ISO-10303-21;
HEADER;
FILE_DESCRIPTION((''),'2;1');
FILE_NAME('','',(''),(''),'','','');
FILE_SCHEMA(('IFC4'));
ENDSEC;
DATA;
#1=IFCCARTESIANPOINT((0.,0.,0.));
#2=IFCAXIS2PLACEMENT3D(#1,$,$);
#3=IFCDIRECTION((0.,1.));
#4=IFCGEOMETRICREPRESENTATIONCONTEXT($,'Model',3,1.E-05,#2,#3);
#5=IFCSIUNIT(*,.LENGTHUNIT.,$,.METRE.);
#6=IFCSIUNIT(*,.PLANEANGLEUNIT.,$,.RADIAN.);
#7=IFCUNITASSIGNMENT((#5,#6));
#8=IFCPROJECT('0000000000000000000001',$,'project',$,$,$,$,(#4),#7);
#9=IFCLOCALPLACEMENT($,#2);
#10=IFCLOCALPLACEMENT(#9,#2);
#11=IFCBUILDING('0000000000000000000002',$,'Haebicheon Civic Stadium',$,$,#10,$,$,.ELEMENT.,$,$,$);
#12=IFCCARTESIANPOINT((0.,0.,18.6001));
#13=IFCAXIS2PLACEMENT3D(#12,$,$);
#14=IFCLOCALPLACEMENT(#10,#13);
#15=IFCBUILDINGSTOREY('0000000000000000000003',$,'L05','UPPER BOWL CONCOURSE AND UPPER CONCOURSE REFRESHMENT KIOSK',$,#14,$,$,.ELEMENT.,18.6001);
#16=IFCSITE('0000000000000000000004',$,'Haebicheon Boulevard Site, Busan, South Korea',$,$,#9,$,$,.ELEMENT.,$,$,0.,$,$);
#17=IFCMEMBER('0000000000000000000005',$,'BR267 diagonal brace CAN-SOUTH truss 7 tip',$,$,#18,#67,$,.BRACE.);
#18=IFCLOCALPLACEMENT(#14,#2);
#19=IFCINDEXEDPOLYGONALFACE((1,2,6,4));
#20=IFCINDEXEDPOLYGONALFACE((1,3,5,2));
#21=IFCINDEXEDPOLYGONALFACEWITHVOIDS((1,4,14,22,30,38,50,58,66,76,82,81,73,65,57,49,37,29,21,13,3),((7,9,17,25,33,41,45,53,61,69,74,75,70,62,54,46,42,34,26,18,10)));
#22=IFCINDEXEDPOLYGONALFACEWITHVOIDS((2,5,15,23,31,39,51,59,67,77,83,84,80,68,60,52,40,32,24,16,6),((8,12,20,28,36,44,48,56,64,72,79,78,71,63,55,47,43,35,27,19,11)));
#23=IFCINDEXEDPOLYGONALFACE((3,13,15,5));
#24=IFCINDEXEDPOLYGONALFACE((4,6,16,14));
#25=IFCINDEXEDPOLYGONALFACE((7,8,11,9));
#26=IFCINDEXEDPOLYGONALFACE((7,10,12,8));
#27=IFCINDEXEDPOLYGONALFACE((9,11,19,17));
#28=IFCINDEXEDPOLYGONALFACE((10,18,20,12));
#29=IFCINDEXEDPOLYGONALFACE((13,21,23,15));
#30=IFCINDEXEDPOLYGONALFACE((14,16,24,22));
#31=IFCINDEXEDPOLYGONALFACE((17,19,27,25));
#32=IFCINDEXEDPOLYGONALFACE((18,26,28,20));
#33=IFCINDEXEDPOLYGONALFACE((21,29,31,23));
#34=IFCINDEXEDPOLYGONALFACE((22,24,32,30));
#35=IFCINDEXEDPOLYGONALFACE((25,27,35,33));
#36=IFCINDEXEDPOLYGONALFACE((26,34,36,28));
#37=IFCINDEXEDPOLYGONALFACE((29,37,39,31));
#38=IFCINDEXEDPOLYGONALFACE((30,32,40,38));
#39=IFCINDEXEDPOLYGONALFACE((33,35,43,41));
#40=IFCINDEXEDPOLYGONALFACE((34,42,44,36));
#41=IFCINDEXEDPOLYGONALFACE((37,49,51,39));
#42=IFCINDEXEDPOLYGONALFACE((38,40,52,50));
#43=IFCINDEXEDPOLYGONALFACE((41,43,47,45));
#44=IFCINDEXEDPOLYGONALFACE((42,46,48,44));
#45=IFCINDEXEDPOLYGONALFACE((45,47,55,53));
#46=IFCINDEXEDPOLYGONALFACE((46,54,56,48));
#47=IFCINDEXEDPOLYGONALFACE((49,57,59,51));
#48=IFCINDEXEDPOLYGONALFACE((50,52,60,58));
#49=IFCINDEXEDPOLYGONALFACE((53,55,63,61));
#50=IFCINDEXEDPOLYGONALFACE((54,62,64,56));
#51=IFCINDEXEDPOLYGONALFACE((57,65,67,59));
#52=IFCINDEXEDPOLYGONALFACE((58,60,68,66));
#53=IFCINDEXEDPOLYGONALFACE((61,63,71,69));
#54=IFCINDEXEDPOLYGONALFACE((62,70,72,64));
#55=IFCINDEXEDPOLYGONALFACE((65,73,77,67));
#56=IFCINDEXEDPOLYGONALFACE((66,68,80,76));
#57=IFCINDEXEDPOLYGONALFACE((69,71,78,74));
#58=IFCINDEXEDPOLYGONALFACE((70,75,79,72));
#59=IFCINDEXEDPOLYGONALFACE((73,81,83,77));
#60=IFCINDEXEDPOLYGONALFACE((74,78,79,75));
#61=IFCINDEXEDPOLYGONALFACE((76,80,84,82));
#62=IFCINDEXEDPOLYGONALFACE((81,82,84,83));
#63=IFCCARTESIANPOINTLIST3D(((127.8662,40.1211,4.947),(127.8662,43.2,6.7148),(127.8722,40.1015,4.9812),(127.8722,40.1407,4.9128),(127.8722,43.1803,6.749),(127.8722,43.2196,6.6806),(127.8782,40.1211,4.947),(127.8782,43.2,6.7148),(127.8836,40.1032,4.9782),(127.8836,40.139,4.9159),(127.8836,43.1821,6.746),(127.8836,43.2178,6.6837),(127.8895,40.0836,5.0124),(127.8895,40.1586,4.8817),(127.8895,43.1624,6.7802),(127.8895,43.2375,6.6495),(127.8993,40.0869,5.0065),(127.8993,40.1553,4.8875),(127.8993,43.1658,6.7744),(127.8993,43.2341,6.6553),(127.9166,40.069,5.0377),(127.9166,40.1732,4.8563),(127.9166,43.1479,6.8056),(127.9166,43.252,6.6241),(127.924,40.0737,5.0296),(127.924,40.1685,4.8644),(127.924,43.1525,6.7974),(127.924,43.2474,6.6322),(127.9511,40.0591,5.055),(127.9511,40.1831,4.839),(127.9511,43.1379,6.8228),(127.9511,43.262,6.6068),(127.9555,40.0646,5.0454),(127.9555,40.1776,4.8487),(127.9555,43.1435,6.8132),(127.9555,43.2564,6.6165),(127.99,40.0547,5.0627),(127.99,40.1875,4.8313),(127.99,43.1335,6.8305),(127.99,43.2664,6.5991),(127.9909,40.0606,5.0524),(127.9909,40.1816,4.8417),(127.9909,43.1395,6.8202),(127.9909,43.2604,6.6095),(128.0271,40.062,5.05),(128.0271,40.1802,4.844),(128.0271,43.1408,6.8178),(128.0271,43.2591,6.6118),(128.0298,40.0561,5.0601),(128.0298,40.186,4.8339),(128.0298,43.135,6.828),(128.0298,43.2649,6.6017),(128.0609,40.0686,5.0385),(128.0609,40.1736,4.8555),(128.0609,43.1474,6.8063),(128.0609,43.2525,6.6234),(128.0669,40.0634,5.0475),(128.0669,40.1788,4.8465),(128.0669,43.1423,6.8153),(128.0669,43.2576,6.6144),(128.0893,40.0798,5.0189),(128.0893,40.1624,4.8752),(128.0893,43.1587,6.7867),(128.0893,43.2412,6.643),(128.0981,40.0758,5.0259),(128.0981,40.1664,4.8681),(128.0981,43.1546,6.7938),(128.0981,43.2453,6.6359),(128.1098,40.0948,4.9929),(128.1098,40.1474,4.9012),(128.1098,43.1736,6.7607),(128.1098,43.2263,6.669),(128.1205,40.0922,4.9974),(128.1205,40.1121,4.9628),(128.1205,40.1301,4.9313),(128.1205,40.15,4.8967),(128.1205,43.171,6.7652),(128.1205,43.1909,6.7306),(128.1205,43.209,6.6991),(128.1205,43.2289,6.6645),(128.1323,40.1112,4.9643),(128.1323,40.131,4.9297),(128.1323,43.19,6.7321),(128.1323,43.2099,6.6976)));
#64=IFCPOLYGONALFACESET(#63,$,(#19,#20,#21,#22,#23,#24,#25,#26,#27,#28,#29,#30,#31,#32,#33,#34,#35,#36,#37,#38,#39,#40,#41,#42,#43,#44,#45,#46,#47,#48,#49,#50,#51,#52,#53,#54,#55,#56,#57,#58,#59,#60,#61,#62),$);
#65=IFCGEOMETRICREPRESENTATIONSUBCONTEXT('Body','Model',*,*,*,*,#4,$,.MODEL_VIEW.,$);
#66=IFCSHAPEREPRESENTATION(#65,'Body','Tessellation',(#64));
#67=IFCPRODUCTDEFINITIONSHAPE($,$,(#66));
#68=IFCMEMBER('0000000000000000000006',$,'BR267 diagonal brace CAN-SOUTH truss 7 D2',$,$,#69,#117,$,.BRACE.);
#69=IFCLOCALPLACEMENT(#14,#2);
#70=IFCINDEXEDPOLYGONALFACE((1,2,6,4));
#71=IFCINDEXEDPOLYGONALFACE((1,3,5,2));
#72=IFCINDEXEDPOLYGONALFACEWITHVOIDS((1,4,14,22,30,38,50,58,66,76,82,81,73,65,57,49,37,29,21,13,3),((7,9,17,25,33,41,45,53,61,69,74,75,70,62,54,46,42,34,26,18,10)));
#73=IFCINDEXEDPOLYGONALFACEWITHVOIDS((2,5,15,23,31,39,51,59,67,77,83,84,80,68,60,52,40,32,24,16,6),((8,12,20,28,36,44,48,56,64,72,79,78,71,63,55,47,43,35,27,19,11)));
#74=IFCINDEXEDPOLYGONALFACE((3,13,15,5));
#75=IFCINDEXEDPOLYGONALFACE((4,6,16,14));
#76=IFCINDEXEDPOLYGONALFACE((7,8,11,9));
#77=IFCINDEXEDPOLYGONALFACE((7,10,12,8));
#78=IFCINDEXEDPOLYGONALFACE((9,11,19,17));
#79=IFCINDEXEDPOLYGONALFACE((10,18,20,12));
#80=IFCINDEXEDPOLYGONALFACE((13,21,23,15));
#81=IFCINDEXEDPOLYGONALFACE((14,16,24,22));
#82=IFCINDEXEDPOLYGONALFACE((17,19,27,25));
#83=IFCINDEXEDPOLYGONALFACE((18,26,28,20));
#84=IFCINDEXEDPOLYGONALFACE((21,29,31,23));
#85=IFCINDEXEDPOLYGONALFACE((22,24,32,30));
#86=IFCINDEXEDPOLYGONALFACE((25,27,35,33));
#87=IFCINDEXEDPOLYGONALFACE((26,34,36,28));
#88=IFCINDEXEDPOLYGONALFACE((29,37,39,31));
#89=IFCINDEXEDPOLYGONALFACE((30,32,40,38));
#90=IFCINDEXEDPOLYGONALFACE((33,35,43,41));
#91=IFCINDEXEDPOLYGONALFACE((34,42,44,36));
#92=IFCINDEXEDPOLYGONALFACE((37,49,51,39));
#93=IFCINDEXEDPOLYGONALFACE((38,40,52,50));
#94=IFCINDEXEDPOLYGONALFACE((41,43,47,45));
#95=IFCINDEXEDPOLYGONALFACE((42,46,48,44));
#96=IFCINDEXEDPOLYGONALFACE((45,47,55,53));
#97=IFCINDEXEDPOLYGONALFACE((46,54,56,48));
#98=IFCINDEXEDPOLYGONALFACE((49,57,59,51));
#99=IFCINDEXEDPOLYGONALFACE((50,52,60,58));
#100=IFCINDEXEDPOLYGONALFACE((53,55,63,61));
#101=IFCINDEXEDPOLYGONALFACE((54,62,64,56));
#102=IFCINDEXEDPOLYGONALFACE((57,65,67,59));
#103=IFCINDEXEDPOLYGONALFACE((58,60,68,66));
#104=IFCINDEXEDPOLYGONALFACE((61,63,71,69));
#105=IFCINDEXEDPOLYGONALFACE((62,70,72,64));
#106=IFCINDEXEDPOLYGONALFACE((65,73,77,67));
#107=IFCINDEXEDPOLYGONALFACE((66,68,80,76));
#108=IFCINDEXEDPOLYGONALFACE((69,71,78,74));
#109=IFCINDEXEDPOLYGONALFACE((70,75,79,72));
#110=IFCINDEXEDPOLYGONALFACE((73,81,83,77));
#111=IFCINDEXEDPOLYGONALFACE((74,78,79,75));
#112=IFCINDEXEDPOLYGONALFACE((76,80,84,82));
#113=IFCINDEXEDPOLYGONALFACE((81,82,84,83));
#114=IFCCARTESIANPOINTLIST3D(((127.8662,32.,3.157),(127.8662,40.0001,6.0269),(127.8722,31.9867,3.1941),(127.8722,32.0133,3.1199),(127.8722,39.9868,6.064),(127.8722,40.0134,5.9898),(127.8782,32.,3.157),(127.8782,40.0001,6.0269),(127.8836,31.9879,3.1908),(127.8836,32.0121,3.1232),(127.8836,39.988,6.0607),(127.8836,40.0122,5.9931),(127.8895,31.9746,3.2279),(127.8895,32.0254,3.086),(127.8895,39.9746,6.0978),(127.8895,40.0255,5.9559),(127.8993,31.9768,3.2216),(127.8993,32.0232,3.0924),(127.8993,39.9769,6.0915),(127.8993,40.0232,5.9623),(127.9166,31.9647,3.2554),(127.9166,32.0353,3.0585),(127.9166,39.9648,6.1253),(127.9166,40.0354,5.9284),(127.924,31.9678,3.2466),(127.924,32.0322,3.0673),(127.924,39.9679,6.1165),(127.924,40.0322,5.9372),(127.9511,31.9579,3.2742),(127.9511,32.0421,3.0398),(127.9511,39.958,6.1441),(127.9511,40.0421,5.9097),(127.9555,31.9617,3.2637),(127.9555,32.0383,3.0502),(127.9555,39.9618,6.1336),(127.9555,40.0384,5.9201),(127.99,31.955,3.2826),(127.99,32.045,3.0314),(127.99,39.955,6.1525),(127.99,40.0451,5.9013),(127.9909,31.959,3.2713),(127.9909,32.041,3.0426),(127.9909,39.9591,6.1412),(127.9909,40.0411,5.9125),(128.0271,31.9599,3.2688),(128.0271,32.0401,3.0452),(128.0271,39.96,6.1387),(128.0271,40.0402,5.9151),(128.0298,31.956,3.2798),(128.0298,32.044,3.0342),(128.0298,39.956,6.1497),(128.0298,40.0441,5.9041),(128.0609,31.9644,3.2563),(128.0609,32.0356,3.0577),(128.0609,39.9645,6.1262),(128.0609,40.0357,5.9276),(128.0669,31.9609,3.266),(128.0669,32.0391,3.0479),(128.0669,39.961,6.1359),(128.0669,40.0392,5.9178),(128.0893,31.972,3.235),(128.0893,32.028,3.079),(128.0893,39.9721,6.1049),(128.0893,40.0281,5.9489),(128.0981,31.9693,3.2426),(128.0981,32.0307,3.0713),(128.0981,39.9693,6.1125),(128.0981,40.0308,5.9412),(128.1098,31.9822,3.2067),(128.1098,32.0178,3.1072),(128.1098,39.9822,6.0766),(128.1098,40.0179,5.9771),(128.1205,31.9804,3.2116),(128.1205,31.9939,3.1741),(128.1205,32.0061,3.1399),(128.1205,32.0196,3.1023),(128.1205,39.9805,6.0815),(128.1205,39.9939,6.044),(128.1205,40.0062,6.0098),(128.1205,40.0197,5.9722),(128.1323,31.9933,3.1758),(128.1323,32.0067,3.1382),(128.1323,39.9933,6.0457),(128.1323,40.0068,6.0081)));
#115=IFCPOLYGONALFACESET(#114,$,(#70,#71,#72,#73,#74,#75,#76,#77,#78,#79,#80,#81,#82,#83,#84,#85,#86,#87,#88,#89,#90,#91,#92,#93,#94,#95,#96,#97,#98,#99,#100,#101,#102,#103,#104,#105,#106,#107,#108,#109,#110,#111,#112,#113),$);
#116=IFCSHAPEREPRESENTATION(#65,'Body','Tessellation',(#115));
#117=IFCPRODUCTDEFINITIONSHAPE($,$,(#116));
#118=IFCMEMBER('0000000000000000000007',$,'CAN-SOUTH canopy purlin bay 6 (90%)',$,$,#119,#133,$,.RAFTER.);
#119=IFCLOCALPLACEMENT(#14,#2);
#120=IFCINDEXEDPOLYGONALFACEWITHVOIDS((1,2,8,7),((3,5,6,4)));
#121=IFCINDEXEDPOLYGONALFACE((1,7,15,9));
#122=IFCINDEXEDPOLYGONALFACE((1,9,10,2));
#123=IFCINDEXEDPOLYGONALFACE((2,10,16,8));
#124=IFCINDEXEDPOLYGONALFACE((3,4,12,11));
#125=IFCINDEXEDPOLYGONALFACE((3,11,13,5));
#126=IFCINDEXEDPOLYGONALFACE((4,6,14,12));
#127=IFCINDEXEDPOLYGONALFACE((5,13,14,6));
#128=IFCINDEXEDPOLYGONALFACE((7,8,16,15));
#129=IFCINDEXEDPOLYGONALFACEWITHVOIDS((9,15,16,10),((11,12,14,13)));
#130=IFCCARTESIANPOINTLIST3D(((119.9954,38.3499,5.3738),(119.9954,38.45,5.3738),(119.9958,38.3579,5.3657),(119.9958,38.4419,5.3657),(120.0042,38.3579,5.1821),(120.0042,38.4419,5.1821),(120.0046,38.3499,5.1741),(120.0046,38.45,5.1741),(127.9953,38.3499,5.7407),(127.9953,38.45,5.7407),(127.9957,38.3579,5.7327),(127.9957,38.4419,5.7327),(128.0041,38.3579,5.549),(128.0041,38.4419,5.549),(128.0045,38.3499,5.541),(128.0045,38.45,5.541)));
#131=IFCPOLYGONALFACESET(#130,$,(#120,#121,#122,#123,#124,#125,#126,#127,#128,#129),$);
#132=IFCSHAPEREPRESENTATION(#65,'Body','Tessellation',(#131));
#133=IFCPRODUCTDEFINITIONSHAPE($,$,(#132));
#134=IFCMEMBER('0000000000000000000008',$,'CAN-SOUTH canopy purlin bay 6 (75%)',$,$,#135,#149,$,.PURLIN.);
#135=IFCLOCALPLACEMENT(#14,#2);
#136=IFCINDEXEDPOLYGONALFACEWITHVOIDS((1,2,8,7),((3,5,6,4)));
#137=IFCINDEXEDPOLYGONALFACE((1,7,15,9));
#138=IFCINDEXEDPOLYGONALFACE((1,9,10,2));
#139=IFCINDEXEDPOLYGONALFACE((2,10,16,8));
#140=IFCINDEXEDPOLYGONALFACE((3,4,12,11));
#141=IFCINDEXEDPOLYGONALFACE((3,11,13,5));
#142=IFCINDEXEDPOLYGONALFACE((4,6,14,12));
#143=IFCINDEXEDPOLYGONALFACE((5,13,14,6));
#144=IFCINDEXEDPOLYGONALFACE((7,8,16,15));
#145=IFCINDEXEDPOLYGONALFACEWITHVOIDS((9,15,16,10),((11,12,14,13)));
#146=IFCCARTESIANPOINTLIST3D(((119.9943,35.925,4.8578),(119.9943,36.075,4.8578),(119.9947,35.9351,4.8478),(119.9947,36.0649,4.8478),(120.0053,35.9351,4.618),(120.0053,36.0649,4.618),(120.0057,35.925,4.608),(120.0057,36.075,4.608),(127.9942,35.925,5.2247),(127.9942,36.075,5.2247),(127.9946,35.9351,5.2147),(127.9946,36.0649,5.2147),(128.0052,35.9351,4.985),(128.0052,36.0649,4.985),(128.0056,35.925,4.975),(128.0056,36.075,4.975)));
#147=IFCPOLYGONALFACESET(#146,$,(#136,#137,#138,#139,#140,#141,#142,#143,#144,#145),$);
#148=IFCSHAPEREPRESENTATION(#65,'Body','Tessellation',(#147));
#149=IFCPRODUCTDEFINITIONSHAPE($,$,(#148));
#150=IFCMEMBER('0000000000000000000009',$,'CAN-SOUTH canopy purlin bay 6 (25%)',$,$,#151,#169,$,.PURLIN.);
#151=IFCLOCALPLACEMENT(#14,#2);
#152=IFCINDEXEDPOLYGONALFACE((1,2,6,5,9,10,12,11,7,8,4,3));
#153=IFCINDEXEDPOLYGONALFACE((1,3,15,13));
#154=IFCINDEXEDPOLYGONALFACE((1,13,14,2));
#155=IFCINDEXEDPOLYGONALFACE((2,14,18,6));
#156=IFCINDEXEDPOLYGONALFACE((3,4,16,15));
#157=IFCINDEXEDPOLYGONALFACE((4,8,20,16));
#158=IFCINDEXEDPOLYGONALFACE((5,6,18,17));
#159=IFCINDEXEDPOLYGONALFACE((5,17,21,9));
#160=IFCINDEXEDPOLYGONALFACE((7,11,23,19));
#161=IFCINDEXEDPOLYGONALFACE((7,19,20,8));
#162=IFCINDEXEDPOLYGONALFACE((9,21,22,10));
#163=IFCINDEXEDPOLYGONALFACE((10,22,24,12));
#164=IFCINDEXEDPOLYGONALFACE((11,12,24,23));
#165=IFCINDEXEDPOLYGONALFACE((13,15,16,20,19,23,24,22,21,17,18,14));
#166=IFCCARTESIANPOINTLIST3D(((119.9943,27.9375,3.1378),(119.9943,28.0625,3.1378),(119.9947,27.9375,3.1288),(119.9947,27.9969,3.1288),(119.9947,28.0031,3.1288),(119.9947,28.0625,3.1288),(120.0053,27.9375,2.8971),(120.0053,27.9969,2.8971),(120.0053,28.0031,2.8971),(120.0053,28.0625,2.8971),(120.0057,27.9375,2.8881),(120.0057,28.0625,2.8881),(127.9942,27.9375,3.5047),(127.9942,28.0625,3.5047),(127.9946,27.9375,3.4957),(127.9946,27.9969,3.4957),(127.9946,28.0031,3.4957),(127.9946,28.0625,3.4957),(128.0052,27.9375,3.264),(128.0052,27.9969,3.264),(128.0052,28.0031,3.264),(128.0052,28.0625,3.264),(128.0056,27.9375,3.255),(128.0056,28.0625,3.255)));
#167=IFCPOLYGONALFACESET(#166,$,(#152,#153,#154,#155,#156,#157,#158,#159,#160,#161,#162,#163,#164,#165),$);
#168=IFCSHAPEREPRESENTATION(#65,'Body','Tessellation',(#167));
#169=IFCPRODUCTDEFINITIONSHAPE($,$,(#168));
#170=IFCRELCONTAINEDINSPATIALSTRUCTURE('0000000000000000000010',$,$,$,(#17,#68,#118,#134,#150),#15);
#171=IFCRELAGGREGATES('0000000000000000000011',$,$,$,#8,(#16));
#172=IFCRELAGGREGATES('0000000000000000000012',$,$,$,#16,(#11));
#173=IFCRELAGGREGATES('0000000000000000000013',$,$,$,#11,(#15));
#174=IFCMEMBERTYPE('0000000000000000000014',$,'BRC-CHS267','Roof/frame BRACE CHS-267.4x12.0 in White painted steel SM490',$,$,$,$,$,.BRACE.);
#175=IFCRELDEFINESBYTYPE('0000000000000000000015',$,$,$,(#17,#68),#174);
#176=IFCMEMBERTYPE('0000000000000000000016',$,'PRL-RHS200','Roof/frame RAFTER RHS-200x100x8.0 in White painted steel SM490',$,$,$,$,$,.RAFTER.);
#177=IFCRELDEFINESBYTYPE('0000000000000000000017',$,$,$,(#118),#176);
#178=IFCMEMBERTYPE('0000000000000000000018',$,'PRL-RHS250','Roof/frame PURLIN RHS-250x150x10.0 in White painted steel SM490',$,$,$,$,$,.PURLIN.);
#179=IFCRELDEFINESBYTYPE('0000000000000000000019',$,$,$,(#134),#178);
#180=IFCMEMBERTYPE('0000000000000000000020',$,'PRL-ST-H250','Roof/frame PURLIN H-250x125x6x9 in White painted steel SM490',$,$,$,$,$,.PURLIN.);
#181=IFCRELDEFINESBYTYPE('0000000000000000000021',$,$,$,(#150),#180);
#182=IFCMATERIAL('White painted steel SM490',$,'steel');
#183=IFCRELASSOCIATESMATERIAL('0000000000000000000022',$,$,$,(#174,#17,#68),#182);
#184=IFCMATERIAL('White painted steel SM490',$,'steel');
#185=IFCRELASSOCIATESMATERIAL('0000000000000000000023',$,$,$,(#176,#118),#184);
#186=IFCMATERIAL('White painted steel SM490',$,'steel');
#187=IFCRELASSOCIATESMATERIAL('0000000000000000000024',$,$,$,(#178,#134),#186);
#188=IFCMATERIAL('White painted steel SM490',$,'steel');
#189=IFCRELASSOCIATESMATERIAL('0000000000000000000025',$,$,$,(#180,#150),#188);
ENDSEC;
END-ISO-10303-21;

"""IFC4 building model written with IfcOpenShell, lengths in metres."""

from ifc_helpers import new_model, si_unit, direction, frame, origin, origin_2d, place, context, subcontext, project, spatial, hollow_rectangle, hollow_circle, i_section, extrude, material, material_profile, profile_set, type_object, element, save


model = new_model("IFC4")

# Units and contexts
model_context = context("Model", 3, precision=1e-05, world=origin(), true_north=direction((0.0, 1.0)))
body_context = subcontext(model_context, "Body", "Model", "MODEL_VIEW")
ifc_project = project(units=[si_unit("LENGTHUNIT", "METRE"), si_unit("PLANEANGLEUNIT", "RADIAN")], contexts=[model_context])

# Site, building, storey
site_placement = place(None, origin())
site = spatial("IfcSite", under=ifc_project, at=site_placement, Name="Haebicheon Boulevard Site, Busan, South Korea", CompositionType="ELEMENT", RefElevation=0.0)
building_placement = place(site_placement, origin())
building = spatial("IfcBuilding", under=site, at=building_placement, Name="Haebicheon Civic Stadium", CompositionType="ELEMENT")
storey_placement = place(building_placement, frame((0.0, 0.0, 18.6001)))
storey = spatial("IfcBuildingStorey", under=building, at=storey_placement, Name="L05", Description="UPPER BOWL CONCOURSE AND UPPER CONCOURSE REFRESHMENT KIOSK", CompositionType="ELEMENT", Elevation=18.6001)

# Members
ifc_material_1 = material(Name="White painted steel SM490", Category="steel")
ifc_material_profile_1 = material_profile(ifc_material_1, hollow_circle(Radius=0.1338, WallThickness=0.012, at=origin_2d()), Name="CHS-267.4x12.0")
ifc_profile_set_1 = profile_set([ifc_material_profile_1], Name="White painted steel SM490")
member_type_1 = type_object("IfcMemberType", Name="BRC-CHS267", Description="Roof/frame BRACE CHS-267.4x12.0 in White painted steel SM490", PredefinedType="BRACE", material=ifc_profile_set_1)
member_1_placement = place(storey_placement, frame((128.0, 40.1211, 4.947), z_axis=(0.0, 0.867213, 0.497937), x_axis=(-1.0, 0.0, 0.0)))
element("IfcMember", 1, at=member_1_placement, inside=storey, type_object=member_type_1, material=ifc_profile_set_1, Name="BR267 diagonal brace CAN-SOUTH truss 7 tip", PredefinedType="BRACE", context=body_context, shape_type="SweptSolid", body=[
    extrude(hollow_circle(Radius=0.1338, WallThickness=0.012, at=origin_2d()), origin(), (0.0, 0.0, 1.0), 3.5503),
])
member_2_placement = place(storey_placement, frame((128.0, 32.0, 3.157), z_axis=(0.0, 0.941267, 0.337664), x_axis=(-1.0, 0.0, 0.0)))
element("IfcMember", 2, at=member_2_placement, inside=storey, type_object=member_type_1, material=ifc_profile_set_1, Name="BR267 diagonal brace CAN-SOUTH truss 7 D2", PredefinedType="BRACE", context=body_context, shape_type="SweptSolid", body=[
    extrude(hollow_circle(Radius=0.1338, WallThickness=0.012, at=origin_2d()), origin(), (0.0, 0.0, 1.0), 8.4993),
])
ifc_material_2 = material(Name="White painted steel SM490", Category="steel")
ifc_material_profile_2 = material_profile(ifc_material_2, hollow_rectangle(XDim=0.1001, YDim=0.2, WallThickness=0.0081, at=origin_2d()), Name="RHS-200x100x8.0")
ifc_profile_set_2 = profile_set([ifc_material_profile_2], Name="White painted steel SM490")
member_type_2 = type_object("IfcMemberType", Name="PRL-RHS200", Description="Roof/frame RAFTER RHS-200x100x8.0 in White painted steel SM490", PredefinedType="RAFTER", material=ifc_profile_set_2)
member_3_placement = place(storey_placement, frame((120.0, 38.3999, 5.2739), z_axis=(0.99895, 0.0, 0.04582), x_axis=(0.0, 1.0, 0.0)))
element("IfcMember", 3, at=member_3_placement, inside=storey, type_object=member_type_2, material=ifc_profile_set_2, Name="CAN-SOUTH canopy purlin bay 6 (90%)", PredefinedType="RAFTER", context=body_context, shape_type="SweptSolid", body=[
    extrude(hollow_rectangle(XDim=0.1001, YDim=0.2, WallThickness=0.0081, at=origin_2d()), origin(), (0.0, 0.0, 1.0), 8.0083),
])
ifc_material_3 = material(Name="White painted steel SM490", Category="steel")
ifc_material_profile_3 = material_profile(ifc_material_3, hollow_rectangle(XDim=0.1499, YDim=0.25, WallThickness=0.01, at=origin_2d()), Name="RHS-250x150x10.0")
ifc_profile_set_3 = profile_set([ifc_material_profile_3], Name="White painted steel SM490")
member_type_3 = type_object("IfcMemberType", Name="PRL-RHS250", Description="Roof/frame PURLIN RHS-250x150x10.0 in White painted steel SM490", PredefinedType="PURLIN", material=ifc_profile_set_3)
member_4_placement = place(storey_placement, frame((120.0, 36.0, 4.7329), z_axis=(0.99895, 0.0, 0.04582), x_axis=(0.0, 1.0, 0.0)))
element("IfcMember", 4, at=member_4_placement, inside=storey, type_object=member_type_3, material=ifc_profile_set_3, Name="CAN-SOUTH canopy purlin bay 6 (75%)", PredefinedType="PURLIN", context=body_context, shape_type="SweptSolid", body=[
    extrude(hollow_rectangle(XDim=0.1499, YDim=0.25, WallThickness=0.01, at=origin_2d()), origin(), (0.0, 0.0, 1.0), 8.0083),
])
ifc_material_4 = material(Name="White painted steel SM490", Category="steel")
ifc_material_profile_4 = material_profile(ifc_material_4, i_section(OverallWidth=0.125, OverallDepth=0.25, WebThickness=0.0061, FlangeThickness=0.009, at=origin_2d()), Name="H-250x125x6x9")
ifc_profile_set_4 = profile_set([ifc_material_profile_4], Name="White painted steel SM490")
member_type_4 = type_object("IfcMemberType", Name="PRL-ST-H250", Description="Roof/frame PURLIN H-250x125x6x9 in White painted steel SM490", PredefinedType="PURLIN", material=ifc_profile_set_4)
member_5_placement = place(storey_placement, frame((120.0, 28.0, 3.0129), z_axis=(0.99895, 0.0, 0.04582), x_axis=(0.0, 1.0, 0.0)))
element("IfcMember", 5, at=member_5_placement, inside=storey, type_object=member_type_4, material=ifc_profile_set_4, Name="CAN-SOUTH canopy purlin bay 6 (25%)", PredefinedType="PURLIN", context=body_context, shape_type="SweptSolid", body=[
    extrude(i_section(OverallWidth=0.125, OverallDepth=0.25, WebThickness=0.0061, FlangeThickness=0.009, at=origin_2d()), origin(), (0.0, 0.0, 1.0), 8.0083),
])

save(model, "model.ifc")
